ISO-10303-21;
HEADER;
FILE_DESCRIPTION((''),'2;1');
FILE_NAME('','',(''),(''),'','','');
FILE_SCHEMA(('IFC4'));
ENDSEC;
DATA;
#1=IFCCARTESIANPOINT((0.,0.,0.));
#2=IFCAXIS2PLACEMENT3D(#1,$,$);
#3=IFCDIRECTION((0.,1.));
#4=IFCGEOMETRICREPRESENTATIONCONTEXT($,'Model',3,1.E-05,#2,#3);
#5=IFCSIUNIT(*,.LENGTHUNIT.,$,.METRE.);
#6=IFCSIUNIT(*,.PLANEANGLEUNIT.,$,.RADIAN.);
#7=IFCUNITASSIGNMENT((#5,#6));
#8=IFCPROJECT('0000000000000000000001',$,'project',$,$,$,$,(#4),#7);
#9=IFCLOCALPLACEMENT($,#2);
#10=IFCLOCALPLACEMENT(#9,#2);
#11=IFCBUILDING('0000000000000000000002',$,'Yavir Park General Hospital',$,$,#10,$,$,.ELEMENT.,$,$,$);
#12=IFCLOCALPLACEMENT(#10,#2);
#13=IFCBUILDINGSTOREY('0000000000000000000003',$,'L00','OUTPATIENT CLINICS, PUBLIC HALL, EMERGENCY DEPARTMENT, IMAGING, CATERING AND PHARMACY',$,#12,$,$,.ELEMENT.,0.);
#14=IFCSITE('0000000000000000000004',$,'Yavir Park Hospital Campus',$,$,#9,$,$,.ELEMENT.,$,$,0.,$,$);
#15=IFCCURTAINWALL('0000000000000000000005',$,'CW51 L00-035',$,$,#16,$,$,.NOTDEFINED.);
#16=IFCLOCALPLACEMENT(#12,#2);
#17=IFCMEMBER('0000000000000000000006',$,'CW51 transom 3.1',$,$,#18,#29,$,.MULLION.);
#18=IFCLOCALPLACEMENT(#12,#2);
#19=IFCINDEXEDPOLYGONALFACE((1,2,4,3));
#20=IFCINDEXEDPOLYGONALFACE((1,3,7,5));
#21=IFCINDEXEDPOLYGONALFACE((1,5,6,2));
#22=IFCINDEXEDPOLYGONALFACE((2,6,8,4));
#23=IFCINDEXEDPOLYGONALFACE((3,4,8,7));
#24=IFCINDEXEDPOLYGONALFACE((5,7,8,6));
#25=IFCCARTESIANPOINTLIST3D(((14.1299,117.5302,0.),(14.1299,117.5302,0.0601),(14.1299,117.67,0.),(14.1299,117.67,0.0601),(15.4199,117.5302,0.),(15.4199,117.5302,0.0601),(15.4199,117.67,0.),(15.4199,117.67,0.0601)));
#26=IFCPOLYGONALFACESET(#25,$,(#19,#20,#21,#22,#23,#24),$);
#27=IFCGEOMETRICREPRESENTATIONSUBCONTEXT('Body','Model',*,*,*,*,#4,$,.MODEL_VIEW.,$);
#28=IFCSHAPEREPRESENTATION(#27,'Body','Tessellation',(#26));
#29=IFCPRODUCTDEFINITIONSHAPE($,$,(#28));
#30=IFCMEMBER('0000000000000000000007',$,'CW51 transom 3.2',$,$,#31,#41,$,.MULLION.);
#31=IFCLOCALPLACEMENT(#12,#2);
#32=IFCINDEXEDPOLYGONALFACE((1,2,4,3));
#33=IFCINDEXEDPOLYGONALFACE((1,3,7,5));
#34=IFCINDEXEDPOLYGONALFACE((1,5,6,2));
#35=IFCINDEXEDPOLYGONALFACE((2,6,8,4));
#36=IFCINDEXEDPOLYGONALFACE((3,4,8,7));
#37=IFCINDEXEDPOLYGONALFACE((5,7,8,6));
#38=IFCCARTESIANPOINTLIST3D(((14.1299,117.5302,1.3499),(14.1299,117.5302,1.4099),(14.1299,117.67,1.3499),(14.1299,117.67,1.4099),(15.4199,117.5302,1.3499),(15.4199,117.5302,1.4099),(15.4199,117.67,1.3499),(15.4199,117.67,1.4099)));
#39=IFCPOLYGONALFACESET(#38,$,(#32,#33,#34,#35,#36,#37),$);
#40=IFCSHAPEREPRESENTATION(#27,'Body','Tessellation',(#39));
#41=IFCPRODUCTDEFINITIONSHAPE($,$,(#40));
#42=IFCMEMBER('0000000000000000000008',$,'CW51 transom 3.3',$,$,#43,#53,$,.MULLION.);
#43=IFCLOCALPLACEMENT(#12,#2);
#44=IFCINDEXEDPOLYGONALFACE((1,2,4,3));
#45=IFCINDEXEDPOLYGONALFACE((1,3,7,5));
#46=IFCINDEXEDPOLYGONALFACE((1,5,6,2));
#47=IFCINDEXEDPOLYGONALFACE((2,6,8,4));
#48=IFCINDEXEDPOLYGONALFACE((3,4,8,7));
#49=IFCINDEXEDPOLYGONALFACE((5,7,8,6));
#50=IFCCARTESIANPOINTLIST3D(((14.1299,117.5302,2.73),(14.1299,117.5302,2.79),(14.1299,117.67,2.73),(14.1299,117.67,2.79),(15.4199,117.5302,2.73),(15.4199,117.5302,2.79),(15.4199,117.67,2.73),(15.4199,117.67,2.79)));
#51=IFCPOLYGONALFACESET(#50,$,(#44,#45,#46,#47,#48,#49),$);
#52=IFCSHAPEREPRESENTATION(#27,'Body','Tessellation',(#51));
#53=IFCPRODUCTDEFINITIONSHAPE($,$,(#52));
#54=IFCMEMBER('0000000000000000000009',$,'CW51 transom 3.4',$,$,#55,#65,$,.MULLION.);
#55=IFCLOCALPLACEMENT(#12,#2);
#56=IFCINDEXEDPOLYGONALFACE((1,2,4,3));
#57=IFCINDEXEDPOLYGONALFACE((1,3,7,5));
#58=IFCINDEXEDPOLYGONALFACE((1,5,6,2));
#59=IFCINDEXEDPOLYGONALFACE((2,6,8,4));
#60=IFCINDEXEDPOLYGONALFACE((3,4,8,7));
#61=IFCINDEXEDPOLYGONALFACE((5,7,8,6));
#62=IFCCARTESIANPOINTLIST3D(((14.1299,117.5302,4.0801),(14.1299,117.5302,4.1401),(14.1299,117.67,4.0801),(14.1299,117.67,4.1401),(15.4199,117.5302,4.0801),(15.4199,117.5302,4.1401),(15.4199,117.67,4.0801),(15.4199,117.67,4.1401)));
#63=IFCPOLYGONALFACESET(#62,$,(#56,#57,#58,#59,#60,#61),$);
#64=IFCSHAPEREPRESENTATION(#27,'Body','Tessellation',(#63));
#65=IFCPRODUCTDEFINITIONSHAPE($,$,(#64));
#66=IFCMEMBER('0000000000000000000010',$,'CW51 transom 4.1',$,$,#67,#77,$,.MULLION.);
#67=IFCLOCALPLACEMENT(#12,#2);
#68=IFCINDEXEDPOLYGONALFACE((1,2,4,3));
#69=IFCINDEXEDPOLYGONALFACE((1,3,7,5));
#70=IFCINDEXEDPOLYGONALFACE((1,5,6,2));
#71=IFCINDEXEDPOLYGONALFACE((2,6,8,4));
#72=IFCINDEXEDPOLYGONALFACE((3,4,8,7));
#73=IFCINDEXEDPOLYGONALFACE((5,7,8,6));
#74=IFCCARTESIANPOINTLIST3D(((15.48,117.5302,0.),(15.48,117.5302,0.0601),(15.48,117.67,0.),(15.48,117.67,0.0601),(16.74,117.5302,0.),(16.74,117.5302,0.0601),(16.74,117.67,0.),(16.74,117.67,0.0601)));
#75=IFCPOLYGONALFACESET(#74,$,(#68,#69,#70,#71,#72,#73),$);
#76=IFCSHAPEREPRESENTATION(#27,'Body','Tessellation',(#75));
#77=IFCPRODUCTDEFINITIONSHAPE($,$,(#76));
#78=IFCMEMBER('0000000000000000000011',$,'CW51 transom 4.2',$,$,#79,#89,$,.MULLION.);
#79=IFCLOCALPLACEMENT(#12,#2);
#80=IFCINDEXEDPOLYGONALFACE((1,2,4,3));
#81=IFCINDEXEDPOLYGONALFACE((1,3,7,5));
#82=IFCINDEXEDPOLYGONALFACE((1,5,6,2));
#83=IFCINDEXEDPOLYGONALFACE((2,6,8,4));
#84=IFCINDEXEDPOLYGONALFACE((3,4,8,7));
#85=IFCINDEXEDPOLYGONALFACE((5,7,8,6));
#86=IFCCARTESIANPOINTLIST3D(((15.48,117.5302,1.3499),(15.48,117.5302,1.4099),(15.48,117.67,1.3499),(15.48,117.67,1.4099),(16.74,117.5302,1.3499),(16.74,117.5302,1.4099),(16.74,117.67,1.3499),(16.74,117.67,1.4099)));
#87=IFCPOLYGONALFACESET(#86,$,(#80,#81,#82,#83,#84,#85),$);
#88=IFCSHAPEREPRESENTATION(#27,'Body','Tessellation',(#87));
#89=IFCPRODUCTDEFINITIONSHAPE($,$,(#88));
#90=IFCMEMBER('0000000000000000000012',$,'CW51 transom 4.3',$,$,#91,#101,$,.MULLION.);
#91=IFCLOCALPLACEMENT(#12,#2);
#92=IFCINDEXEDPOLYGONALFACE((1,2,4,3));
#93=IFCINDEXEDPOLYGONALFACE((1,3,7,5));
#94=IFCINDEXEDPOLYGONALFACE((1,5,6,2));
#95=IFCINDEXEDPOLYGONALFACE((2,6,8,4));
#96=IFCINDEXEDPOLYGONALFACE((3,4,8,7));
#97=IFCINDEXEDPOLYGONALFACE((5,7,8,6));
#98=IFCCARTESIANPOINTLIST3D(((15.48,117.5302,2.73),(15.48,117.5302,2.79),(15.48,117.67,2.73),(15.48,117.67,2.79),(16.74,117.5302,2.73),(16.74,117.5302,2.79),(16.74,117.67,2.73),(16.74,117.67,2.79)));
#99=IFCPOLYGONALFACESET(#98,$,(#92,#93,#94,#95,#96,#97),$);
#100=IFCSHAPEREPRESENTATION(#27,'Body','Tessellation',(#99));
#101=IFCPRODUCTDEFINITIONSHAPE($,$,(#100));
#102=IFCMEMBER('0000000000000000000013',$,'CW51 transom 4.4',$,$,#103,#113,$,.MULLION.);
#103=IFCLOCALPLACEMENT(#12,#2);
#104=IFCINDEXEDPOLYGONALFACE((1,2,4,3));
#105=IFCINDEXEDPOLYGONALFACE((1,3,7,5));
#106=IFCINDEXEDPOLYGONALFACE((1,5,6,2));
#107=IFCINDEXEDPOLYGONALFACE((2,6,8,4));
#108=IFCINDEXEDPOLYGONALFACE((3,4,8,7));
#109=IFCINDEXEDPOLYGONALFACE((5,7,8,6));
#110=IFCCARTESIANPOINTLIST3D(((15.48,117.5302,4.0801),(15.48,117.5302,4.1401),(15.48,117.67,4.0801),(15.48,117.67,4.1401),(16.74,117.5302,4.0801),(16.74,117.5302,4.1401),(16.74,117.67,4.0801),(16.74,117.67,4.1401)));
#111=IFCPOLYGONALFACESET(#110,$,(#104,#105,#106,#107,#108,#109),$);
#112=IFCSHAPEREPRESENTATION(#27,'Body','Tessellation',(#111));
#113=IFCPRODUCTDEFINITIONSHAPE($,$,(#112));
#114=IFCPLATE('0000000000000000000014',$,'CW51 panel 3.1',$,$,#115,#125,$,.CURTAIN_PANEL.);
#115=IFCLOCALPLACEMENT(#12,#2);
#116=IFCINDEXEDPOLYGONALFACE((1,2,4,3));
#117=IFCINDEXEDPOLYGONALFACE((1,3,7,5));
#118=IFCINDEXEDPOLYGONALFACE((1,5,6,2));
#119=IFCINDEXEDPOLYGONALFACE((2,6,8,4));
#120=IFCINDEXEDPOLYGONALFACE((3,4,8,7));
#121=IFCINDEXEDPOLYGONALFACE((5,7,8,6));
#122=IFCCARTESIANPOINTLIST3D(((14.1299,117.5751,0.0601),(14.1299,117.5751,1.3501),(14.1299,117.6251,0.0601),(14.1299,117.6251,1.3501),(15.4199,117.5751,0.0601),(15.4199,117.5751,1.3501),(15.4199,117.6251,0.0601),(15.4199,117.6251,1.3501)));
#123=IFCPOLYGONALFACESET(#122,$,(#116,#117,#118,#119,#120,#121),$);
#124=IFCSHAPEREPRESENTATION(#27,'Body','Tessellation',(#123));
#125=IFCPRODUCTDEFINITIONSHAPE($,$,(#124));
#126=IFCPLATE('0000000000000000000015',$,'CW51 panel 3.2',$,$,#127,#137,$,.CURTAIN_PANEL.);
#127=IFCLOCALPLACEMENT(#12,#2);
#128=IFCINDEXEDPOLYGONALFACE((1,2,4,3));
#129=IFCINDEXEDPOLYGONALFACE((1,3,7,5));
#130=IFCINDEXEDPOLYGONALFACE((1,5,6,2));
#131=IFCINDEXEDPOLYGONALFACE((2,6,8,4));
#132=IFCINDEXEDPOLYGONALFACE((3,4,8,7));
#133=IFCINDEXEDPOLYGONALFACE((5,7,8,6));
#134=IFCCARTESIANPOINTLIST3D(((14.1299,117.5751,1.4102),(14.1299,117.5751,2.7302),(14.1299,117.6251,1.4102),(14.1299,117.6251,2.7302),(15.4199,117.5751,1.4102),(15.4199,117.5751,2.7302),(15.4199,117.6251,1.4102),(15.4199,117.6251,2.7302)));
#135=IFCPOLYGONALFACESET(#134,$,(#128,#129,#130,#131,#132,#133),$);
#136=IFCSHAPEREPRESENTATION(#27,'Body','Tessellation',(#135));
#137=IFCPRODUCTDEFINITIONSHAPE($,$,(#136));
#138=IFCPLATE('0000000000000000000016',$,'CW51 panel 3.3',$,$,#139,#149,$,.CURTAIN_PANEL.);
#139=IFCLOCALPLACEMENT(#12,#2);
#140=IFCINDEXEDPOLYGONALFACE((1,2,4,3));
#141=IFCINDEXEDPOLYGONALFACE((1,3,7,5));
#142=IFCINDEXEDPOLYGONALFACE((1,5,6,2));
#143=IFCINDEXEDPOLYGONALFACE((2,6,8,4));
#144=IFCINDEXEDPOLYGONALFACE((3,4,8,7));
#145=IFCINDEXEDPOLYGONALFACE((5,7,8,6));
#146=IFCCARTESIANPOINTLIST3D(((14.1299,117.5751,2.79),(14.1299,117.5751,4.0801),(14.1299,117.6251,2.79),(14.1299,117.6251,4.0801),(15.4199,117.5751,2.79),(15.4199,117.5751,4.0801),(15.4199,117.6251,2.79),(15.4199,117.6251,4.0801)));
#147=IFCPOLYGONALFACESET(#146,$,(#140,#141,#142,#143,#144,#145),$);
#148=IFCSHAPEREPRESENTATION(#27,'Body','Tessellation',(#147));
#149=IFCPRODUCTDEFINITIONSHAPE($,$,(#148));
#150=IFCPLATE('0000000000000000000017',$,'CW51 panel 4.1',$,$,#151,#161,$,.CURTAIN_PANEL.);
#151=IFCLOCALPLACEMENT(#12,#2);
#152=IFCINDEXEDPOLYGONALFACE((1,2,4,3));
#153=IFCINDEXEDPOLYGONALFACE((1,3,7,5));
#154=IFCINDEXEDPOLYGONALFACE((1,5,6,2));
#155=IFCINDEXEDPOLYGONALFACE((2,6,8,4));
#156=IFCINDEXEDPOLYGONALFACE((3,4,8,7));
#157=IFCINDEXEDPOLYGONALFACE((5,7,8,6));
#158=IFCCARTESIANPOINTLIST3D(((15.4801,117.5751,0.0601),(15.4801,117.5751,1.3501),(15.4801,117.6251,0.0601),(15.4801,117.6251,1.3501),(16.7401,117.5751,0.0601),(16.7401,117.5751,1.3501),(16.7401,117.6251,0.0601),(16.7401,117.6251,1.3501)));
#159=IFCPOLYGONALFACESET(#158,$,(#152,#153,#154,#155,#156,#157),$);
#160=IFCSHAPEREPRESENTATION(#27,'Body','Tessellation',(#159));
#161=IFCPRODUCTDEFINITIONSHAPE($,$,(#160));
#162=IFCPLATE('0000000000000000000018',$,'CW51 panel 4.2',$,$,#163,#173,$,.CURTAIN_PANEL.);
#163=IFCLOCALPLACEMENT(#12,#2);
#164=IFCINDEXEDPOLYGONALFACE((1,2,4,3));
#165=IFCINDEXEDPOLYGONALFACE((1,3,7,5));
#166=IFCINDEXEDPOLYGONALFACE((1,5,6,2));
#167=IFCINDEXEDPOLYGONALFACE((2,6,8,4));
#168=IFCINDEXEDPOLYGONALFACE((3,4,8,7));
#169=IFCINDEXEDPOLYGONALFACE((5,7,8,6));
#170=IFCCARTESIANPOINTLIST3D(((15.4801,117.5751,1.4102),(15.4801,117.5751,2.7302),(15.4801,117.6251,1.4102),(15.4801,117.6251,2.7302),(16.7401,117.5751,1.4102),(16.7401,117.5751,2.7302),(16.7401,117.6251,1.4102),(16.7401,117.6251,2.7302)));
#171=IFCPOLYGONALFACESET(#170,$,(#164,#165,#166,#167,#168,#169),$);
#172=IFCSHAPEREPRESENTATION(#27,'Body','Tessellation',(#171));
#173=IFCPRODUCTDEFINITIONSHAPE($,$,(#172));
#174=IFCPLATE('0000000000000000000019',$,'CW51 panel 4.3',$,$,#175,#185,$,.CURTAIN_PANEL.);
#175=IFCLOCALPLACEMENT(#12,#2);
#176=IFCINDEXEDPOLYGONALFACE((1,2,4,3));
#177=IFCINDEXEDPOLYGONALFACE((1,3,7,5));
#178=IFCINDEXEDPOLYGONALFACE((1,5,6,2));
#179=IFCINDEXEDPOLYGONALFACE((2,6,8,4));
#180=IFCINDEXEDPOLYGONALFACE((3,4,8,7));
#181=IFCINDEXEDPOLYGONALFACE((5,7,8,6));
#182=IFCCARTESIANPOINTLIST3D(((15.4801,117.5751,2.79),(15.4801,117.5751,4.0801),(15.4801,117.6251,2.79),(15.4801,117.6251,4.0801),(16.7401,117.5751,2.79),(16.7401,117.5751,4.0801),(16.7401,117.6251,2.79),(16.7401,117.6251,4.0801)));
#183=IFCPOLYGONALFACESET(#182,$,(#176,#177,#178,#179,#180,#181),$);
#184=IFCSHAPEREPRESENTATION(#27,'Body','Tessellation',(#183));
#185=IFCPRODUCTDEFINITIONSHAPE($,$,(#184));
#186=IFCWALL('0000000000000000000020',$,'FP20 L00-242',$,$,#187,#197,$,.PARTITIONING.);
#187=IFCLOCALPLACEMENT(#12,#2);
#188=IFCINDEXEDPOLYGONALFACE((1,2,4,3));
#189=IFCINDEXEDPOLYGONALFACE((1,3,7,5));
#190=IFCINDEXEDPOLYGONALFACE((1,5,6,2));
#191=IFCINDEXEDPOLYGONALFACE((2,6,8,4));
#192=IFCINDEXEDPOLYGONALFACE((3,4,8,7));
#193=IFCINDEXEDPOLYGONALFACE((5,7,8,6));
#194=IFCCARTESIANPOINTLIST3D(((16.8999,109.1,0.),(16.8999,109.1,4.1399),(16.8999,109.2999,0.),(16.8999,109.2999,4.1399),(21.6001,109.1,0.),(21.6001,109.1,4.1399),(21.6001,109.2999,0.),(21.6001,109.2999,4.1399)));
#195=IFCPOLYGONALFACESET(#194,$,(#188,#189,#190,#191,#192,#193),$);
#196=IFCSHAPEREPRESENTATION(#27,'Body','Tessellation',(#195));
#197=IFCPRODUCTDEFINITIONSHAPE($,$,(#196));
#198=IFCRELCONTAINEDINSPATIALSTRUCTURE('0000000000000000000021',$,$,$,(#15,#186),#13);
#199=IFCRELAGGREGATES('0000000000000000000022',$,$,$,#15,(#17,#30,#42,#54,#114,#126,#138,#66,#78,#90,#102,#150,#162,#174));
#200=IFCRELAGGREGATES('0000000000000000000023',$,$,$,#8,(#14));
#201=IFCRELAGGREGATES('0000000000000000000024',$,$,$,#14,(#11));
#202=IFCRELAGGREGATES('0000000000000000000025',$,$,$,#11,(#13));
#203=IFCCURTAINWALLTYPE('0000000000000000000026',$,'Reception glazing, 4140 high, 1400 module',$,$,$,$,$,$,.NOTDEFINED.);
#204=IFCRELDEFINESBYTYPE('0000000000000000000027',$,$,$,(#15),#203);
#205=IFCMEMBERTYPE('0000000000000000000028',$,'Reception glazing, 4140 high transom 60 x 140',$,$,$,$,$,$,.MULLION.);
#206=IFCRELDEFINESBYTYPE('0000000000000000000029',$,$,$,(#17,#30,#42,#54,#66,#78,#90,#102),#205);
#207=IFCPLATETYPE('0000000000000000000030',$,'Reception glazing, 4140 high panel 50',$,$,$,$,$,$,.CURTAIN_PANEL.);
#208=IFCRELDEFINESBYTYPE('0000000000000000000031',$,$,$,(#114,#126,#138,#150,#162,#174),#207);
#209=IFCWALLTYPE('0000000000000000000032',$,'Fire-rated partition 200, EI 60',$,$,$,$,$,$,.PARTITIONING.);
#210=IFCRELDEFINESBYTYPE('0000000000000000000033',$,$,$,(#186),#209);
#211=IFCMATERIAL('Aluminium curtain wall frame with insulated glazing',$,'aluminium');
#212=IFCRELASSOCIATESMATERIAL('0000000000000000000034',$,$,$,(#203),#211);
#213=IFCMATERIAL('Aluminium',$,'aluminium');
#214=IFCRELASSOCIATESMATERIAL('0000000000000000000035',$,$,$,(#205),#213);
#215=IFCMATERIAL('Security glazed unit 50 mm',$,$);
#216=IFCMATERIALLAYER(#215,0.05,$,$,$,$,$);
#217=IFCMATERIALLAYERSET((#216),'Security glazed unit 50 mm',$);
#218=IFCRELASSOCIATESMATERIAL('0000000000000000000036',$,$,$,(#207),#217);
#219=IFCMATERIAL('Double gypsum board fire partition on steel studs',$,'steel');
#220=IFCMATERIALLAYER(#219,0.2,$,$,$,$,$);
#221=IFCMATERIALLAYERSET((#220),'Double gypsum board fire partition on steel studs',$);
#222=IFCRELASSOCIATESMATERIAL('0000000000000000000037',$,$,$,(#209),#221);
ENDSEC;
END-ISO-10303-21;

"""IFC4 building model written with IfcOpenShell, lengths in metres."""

from ifc_helpers import new_model, si_unit, direction, frame, frame_2d, origin, origin_2d, place, context, subcontext, project, spatial, rectangle, extrude, material, layer, layer_set, material_profile, profile_set, type_object, element, aggregate, save


model = new_model("IFC4")

# Units and contexts
model_context = context("Model", 3, precision=1e-05, world=origin(), true_north=direction((0.0, 1.0)))
body_context = subcontext(model_context, "Body", "Model", "MODEL_VIEW")
ifc_project = project(units=[si_unit("LENGTHUNIT", "METRE"), si_unit("PLANEANGLEUNIT", "RADIAN")], contexts=[model_context])

# Site, building, storey
site_placement = place(None, origin())
site = spatial("IfcSite", under=ifc_project, at=site_placement, Name="Yavir Park Hospital Campus", CompositionType="ELEMENT", RefElevation=0.0)
building_placement = place(site_placement, origin())
building = spatial("IfcBuilding", under=site, at=building_placement, Name="Yavir Park General Hospital", CompositionType="ELEMENT")
storey_placement = place(building_placement, origin())
storey = spatial("IfcBuildingStorey", under=building, at=storey_placement, Name="L00", Description="OUTPATIENT CLINICS, PUBLIC HALL, EMERGENCY DEPARTMENT, IMAGING, CATERING AND PHARMACY", CompositionType="ELEMENT", Elevation=0.0)

# Curtain wall, members, plates
ifc_material_1 = material(Name="Aluminium curtain wall frame with insulated glazing", Category="aluminium")
curtain_wall_type = type_object("IfcCurtainWallType", Name="Reception glazing, 4140 high, 1400 module", PredefinedType="NOTDEFINED", material=ifc_material_1)
curtain_wall_placement = place(storey_placement, origin())
curtain_wall = element("IfcCurtainWall", 1, at=curtain_wall_placement, inside=storey, type_object=curtain_wall_type, Name="CW51 L00-035", PredefinedType="NOTDEFINED")
ifc_material_2 = material(Name="Aluminium", Category="aluminium")
ifc_material_profile_1 = material_profile(ifc_material_2, rectangle(XDim=0.1399, YDim=0.0601, at=origin_2d()), Name="AL 140x60")
ifc_profile_set_1 = profile_set([ifc_material_profile_1], Name="Aluminium")
member_type_1 = type_object("IfcMemberType", Name="Reception glazing, 4140 high transom 60 x 140", PredefinedType="MULLION", material=ifc_profile_set_1)
member_1_placement = place(storey_placement, frame((14.1299, 117.6001, 0.03), z_axis=(1.0, 0.0, 0.0), x_axis=(0.0, 1.0, 0.0)))
member_1 = element("IfcMember", 2, at=member_1_placement, type_object=member_type_1, Name="CW51 transom 3.1", PredefinedType="MULLION", context=body_context, shape_type="SweptSolid", body=[
    extrude(rectangle(XDim=0.1399, YDim=0.0601, at=origin_2d()), origin(), (0.0, 0.0, 1.0), 1.29),
])
member_2_placement = place(storey_placement, frame((14.1299, 117.6001, 1.3799), z_axis=(1.0, 0.0, 0.0), x_axis=(0.0, 1.0, 0.0)))
member_2 = element("IfcMember", 3, at=member_2_placement, type_object=member_type_1, Name="CW51 transom 3.2", PredefinedType="MULLION", context=body_context, shape_type="SweptSolid", body=[
    extrude(rectangle(XDim=0.1399, YDim=0.0601, at=origin_2d()), origin(), (0.0, 0.0, 1.0), 1.29),
])
member_3_placement = place(storey_placement, frame((14.1299, 117.6001, 2.76), z_axis=(1.0, 0.0, 0.0), x_axis=(0.0, 1.0, 0.0)))
member_3 = element("IfcMember", 4, at=member_3_placement, type_object=member_type_1, Name="CW51 transom 3.3", PredefinedType="MULLION", context=body_context, shape_type="SweptSolid", body=[
    extrude(rectangle(XDim=0.1399, YDim=0.0601, at=origin_2d()), origin(), (0.0, 0.0, 1.0), 1.29),
])
member_4_placement = place(storey_placement, frame((14.1299, 117.6001, 4.1101), z_axis=(1.0, 0.0, 0.0), x_axis=(0.0, 1.0, 0.0)))
member_4 = element("IfcMember", 5, at=member_4_placement, type_object=member_type_1, Name="CW51 transom 3.4", PredefinedType="MULLION", context=body_context, shape_type="SweptSolid", body=[
    extrude(rectangle(XDim=0.1399, YDim=0.0601, at=origin_2d()), origin(), (0.0, 0.0, 1.0), 1.29),
])
member_5_placement = place(storey_placement, frame((15.48, 117.6001, 0.03), z_axis=(1.0, 0.0, 0.0), x_axis=(0.0, 1.0, 0.0)))
member_5 = element("IfcMember", 6, at=member_5_placement, type_object=member_type_1, Name="CW51 transom 4.1", PredefinedType="MULLION", context=body_context, shape_type="SweptSolid", body=[
    extrude(rectangle(XDim=0.1399, YDim=0.0601, at=origin_2d()), origin(), (0.0, 0.0, 1.0), 1.26),
])
member_6_placement = place(storey_placement, frame((15.48, 117.6001, 1.3799), z_axis=(1.0, 0.0, 0.0), x_axis=(0.0, 1.0, 0.0)))
member_6 = element("IfcMember", 7, at=member_6_placement, type_object=member_type_1, Name="CW51 transom 4.2", PredefinedType="MULLION", context=body_context, shape_type="SweptSolid", body=[
    extrude(rectangle(XDim=0.1399, YDim=0.0601, at=origin_2d()), origin(), (0.0, 0.0, 1.0), 1.26),
])
member_7_placement = place(storey_placement, frame((15.48, 117.6001, 2.76), z_axis=(1.0, 0.0, 0.0), x_axis=(0.0, 1.0, 0.0)))
member_7 = element("IfcMember", 8, at=member_7_placement, type_object=member_type_1, Name="CW51 transom 4.3", PredefinedType="MULLION", context=body_context, shape_type="SweptSolid", body=[
    extrude(rectangle(XDim=0.1399, YDim=0.0601, at=origin_2d()), origin(), (0.0, 0.0, 1.0), 1.26),
])
member_8_placement = place(storey_placement, frame((15.48, 117.6001, 4.1101), z_axis=(1.0, 0.0, 0.0), x_axis=(0.0, 1.0, 0.0)))
member_8 = element("IfcMember", 9, at=member_8_placement, type_object=member_type_1, Name="CW51 transom 4.4", PredefinedType="MULLION", context=body_context, shape_type="SweptSolid", body=[
    extrude(rectangle(XDim=0.1399, YDim=0.0601, at=origin_2d()), origin(), (0.0, 0.0, 1.0), 1.26),
])
ifc_material_3 = material(Name="Security glazed unit 50 mm")
ifc_layer_1 = layer(ifc_material_3, 0.05)
ifc_layer_set_1 = layer_set([ifc_layer_1], Name="Security glazed unit 50 mm")
plate_type = type_object("IfcPlateType", Name="Reception glazing, 4140 high panel 50", PredefinedType="CURTAIN_PANEL", material=ifc_layer_set_1)
plate_1_placement = place(storey_placement, frame((14.7749, 117.6001, 0.0601), z_axis=(0.0, 0.0, 1.0), x_axis=(1.0, 0.0, 0.0)))
plate_1 = element("IfcPlate", 10, at=plate_1_placement, type_object=plate_type, Name="CW51 panel 3.1", PredefinedType="CURTAIN_PANEL", context=body_context, shape_type="SweptSolid", body=[
    extrude(rectangle(XDim=1.29, YDim=0.05, at=origin_2d()), origin(), (0.0, 0.0, 1.0), 1.29),
])
plate_2_placement = place(storey_placement, frame((14.7749, 117.6001, 1.4102), z_axis=(0.0, 0.0, 1.0), x_axis=(1.0, 0.0, 0.0)))
plate_2 = element("IfcPlate", 11, at=plate_2_placement, type_object=plate_type, Name="CW51 panel 3.2", PredefinedType="CURTAIN_PANEL", context=body_context, shape_type="SweptSolid", body=[
    extrude(rectangle(XDim=1.29, YDim=0.05, at=origin_2d()), origin(), (0.0, 0.0, 1.0), 1.3201),
])
plate_3_placement = place(storey_placement, frame((14.7749, 117.6001, 2.79), z_axis=(0.0, 0.0, 1.0), x_axis=(1.0, 0.0, 0.0)))
plate_3 = element("IfcPlate", 12, at=plate_3_placement, type_object=plate_type, Name="CW51 panel 3.3", PredefinedType="CURTAIN_PANEL", context=body_context, shape_type="SweptSolid", body=[
    extrude(rectangle(XDim=1.29, YDim=0.05, at=origin_2d()), origin(), (0.0, 0.0, 1.0), 1.29),
])
plate_4_placement = place(storey_placement, frame((16.1101, 117.6001, 0.0601), z_axis=(0.0, 0.0, 1.0), x_axis=(1.0, 0.0, 0.0)))
plate_4 = element("IfcPlate", 13, at=plate_4_placement, type_object=plate_type, Name="CW51 panel 4.1", PredefinedType="CURTAIN_PANEL", context=body_context, shape_type="SweptSolid", body=[
    extrude(rectangle(XDim=1.26, YDim=0.05, at=origin_2d()), origin(), (0.0, 0.0, 1.0), 1.29),
])
plate_5_placement = place(storey_placement, frame((16.1101, 117.6001, 1.4102), z_axis=(0.0, 0.0, 1.0), x_axis=(1.0, 0.0, 0.0)))
plate_5 = element("IfcPlate", 14, at=plate_5_placement, type_object=plate_type, Name="CW51 panel 4.2", PredefinedType="CURTAIN_PANEL", context=body_context, shape_type="SweptSolid", body=[
    extrude(rectangle(XDim=1.26, YDim=0.05, at=origin_2d()), origin(), (0.0, 0.0, 1.0), 1.3201),
])
plate_6_placement = place(storey_placement, frame((16.1101, 117.6001, 2.79), z_axis=(0.0, 0.0, 1.0), x_axis=(1.0, 0.0, 0.0)))
plate_6 = element("IfcPlate", 15, at=plate_6_placement, type_object=plate_type, Name="CW51 panel 4.3", PredefinedType="CURTAIN_PANEL", context=body_context, shape_type="SweptSolid", body=[
    extrude(rectangle(XDim=1.26, YDim=0.05, at=origin_2d()), origin(), (0.0, 0.0, 1.0), 1.29),
])
aggregate(curtain_wall, [member_1, member_2, member_3, member_4, plate_1, plate_2, plate_3, member_5, member_6, member_7, member_8, plate_4, plate_5, plate_6])

# Wall
ifc_material_4 = material(Name="Double gypsum board fire partition on steel studs", Category="steel")
ifc_layer_2 = layer(ifc_material_4, 0.2)
ifc_layer_set_2 = layer_set([ifc_layer_2], Name="Double gypsum board fire partition on steel studs")
wall_type_1 = type_object("IfcWallType", Name="Fire-rated partition 200, EI 60", PredefinedType="PARTITIONING", material=ifc_layer_set_2)
wall_1_placement = place(storey_placement, frame((16.8999, 109.2, 0.0), z_axis=(0.0, 0.0, 1.0), x_axis=(1.0, 0.0, 0.0)))
element("IfcWall", 16, at=wall_1_placement, inside=storey, type_object=wall_type_1, Name="FP20 L00-242", PredefinedType="PARTITIONING", context=body_context, shape_type="SweptSolid", body=[
    extrude(rectangle(XDim=4.7002, YDim=0.2, at=frame_2d((2.3501, 0.0))), origin(), (0.0, 0.0, 1.0), 4.1399),
])

save(model, "model.ifc")
